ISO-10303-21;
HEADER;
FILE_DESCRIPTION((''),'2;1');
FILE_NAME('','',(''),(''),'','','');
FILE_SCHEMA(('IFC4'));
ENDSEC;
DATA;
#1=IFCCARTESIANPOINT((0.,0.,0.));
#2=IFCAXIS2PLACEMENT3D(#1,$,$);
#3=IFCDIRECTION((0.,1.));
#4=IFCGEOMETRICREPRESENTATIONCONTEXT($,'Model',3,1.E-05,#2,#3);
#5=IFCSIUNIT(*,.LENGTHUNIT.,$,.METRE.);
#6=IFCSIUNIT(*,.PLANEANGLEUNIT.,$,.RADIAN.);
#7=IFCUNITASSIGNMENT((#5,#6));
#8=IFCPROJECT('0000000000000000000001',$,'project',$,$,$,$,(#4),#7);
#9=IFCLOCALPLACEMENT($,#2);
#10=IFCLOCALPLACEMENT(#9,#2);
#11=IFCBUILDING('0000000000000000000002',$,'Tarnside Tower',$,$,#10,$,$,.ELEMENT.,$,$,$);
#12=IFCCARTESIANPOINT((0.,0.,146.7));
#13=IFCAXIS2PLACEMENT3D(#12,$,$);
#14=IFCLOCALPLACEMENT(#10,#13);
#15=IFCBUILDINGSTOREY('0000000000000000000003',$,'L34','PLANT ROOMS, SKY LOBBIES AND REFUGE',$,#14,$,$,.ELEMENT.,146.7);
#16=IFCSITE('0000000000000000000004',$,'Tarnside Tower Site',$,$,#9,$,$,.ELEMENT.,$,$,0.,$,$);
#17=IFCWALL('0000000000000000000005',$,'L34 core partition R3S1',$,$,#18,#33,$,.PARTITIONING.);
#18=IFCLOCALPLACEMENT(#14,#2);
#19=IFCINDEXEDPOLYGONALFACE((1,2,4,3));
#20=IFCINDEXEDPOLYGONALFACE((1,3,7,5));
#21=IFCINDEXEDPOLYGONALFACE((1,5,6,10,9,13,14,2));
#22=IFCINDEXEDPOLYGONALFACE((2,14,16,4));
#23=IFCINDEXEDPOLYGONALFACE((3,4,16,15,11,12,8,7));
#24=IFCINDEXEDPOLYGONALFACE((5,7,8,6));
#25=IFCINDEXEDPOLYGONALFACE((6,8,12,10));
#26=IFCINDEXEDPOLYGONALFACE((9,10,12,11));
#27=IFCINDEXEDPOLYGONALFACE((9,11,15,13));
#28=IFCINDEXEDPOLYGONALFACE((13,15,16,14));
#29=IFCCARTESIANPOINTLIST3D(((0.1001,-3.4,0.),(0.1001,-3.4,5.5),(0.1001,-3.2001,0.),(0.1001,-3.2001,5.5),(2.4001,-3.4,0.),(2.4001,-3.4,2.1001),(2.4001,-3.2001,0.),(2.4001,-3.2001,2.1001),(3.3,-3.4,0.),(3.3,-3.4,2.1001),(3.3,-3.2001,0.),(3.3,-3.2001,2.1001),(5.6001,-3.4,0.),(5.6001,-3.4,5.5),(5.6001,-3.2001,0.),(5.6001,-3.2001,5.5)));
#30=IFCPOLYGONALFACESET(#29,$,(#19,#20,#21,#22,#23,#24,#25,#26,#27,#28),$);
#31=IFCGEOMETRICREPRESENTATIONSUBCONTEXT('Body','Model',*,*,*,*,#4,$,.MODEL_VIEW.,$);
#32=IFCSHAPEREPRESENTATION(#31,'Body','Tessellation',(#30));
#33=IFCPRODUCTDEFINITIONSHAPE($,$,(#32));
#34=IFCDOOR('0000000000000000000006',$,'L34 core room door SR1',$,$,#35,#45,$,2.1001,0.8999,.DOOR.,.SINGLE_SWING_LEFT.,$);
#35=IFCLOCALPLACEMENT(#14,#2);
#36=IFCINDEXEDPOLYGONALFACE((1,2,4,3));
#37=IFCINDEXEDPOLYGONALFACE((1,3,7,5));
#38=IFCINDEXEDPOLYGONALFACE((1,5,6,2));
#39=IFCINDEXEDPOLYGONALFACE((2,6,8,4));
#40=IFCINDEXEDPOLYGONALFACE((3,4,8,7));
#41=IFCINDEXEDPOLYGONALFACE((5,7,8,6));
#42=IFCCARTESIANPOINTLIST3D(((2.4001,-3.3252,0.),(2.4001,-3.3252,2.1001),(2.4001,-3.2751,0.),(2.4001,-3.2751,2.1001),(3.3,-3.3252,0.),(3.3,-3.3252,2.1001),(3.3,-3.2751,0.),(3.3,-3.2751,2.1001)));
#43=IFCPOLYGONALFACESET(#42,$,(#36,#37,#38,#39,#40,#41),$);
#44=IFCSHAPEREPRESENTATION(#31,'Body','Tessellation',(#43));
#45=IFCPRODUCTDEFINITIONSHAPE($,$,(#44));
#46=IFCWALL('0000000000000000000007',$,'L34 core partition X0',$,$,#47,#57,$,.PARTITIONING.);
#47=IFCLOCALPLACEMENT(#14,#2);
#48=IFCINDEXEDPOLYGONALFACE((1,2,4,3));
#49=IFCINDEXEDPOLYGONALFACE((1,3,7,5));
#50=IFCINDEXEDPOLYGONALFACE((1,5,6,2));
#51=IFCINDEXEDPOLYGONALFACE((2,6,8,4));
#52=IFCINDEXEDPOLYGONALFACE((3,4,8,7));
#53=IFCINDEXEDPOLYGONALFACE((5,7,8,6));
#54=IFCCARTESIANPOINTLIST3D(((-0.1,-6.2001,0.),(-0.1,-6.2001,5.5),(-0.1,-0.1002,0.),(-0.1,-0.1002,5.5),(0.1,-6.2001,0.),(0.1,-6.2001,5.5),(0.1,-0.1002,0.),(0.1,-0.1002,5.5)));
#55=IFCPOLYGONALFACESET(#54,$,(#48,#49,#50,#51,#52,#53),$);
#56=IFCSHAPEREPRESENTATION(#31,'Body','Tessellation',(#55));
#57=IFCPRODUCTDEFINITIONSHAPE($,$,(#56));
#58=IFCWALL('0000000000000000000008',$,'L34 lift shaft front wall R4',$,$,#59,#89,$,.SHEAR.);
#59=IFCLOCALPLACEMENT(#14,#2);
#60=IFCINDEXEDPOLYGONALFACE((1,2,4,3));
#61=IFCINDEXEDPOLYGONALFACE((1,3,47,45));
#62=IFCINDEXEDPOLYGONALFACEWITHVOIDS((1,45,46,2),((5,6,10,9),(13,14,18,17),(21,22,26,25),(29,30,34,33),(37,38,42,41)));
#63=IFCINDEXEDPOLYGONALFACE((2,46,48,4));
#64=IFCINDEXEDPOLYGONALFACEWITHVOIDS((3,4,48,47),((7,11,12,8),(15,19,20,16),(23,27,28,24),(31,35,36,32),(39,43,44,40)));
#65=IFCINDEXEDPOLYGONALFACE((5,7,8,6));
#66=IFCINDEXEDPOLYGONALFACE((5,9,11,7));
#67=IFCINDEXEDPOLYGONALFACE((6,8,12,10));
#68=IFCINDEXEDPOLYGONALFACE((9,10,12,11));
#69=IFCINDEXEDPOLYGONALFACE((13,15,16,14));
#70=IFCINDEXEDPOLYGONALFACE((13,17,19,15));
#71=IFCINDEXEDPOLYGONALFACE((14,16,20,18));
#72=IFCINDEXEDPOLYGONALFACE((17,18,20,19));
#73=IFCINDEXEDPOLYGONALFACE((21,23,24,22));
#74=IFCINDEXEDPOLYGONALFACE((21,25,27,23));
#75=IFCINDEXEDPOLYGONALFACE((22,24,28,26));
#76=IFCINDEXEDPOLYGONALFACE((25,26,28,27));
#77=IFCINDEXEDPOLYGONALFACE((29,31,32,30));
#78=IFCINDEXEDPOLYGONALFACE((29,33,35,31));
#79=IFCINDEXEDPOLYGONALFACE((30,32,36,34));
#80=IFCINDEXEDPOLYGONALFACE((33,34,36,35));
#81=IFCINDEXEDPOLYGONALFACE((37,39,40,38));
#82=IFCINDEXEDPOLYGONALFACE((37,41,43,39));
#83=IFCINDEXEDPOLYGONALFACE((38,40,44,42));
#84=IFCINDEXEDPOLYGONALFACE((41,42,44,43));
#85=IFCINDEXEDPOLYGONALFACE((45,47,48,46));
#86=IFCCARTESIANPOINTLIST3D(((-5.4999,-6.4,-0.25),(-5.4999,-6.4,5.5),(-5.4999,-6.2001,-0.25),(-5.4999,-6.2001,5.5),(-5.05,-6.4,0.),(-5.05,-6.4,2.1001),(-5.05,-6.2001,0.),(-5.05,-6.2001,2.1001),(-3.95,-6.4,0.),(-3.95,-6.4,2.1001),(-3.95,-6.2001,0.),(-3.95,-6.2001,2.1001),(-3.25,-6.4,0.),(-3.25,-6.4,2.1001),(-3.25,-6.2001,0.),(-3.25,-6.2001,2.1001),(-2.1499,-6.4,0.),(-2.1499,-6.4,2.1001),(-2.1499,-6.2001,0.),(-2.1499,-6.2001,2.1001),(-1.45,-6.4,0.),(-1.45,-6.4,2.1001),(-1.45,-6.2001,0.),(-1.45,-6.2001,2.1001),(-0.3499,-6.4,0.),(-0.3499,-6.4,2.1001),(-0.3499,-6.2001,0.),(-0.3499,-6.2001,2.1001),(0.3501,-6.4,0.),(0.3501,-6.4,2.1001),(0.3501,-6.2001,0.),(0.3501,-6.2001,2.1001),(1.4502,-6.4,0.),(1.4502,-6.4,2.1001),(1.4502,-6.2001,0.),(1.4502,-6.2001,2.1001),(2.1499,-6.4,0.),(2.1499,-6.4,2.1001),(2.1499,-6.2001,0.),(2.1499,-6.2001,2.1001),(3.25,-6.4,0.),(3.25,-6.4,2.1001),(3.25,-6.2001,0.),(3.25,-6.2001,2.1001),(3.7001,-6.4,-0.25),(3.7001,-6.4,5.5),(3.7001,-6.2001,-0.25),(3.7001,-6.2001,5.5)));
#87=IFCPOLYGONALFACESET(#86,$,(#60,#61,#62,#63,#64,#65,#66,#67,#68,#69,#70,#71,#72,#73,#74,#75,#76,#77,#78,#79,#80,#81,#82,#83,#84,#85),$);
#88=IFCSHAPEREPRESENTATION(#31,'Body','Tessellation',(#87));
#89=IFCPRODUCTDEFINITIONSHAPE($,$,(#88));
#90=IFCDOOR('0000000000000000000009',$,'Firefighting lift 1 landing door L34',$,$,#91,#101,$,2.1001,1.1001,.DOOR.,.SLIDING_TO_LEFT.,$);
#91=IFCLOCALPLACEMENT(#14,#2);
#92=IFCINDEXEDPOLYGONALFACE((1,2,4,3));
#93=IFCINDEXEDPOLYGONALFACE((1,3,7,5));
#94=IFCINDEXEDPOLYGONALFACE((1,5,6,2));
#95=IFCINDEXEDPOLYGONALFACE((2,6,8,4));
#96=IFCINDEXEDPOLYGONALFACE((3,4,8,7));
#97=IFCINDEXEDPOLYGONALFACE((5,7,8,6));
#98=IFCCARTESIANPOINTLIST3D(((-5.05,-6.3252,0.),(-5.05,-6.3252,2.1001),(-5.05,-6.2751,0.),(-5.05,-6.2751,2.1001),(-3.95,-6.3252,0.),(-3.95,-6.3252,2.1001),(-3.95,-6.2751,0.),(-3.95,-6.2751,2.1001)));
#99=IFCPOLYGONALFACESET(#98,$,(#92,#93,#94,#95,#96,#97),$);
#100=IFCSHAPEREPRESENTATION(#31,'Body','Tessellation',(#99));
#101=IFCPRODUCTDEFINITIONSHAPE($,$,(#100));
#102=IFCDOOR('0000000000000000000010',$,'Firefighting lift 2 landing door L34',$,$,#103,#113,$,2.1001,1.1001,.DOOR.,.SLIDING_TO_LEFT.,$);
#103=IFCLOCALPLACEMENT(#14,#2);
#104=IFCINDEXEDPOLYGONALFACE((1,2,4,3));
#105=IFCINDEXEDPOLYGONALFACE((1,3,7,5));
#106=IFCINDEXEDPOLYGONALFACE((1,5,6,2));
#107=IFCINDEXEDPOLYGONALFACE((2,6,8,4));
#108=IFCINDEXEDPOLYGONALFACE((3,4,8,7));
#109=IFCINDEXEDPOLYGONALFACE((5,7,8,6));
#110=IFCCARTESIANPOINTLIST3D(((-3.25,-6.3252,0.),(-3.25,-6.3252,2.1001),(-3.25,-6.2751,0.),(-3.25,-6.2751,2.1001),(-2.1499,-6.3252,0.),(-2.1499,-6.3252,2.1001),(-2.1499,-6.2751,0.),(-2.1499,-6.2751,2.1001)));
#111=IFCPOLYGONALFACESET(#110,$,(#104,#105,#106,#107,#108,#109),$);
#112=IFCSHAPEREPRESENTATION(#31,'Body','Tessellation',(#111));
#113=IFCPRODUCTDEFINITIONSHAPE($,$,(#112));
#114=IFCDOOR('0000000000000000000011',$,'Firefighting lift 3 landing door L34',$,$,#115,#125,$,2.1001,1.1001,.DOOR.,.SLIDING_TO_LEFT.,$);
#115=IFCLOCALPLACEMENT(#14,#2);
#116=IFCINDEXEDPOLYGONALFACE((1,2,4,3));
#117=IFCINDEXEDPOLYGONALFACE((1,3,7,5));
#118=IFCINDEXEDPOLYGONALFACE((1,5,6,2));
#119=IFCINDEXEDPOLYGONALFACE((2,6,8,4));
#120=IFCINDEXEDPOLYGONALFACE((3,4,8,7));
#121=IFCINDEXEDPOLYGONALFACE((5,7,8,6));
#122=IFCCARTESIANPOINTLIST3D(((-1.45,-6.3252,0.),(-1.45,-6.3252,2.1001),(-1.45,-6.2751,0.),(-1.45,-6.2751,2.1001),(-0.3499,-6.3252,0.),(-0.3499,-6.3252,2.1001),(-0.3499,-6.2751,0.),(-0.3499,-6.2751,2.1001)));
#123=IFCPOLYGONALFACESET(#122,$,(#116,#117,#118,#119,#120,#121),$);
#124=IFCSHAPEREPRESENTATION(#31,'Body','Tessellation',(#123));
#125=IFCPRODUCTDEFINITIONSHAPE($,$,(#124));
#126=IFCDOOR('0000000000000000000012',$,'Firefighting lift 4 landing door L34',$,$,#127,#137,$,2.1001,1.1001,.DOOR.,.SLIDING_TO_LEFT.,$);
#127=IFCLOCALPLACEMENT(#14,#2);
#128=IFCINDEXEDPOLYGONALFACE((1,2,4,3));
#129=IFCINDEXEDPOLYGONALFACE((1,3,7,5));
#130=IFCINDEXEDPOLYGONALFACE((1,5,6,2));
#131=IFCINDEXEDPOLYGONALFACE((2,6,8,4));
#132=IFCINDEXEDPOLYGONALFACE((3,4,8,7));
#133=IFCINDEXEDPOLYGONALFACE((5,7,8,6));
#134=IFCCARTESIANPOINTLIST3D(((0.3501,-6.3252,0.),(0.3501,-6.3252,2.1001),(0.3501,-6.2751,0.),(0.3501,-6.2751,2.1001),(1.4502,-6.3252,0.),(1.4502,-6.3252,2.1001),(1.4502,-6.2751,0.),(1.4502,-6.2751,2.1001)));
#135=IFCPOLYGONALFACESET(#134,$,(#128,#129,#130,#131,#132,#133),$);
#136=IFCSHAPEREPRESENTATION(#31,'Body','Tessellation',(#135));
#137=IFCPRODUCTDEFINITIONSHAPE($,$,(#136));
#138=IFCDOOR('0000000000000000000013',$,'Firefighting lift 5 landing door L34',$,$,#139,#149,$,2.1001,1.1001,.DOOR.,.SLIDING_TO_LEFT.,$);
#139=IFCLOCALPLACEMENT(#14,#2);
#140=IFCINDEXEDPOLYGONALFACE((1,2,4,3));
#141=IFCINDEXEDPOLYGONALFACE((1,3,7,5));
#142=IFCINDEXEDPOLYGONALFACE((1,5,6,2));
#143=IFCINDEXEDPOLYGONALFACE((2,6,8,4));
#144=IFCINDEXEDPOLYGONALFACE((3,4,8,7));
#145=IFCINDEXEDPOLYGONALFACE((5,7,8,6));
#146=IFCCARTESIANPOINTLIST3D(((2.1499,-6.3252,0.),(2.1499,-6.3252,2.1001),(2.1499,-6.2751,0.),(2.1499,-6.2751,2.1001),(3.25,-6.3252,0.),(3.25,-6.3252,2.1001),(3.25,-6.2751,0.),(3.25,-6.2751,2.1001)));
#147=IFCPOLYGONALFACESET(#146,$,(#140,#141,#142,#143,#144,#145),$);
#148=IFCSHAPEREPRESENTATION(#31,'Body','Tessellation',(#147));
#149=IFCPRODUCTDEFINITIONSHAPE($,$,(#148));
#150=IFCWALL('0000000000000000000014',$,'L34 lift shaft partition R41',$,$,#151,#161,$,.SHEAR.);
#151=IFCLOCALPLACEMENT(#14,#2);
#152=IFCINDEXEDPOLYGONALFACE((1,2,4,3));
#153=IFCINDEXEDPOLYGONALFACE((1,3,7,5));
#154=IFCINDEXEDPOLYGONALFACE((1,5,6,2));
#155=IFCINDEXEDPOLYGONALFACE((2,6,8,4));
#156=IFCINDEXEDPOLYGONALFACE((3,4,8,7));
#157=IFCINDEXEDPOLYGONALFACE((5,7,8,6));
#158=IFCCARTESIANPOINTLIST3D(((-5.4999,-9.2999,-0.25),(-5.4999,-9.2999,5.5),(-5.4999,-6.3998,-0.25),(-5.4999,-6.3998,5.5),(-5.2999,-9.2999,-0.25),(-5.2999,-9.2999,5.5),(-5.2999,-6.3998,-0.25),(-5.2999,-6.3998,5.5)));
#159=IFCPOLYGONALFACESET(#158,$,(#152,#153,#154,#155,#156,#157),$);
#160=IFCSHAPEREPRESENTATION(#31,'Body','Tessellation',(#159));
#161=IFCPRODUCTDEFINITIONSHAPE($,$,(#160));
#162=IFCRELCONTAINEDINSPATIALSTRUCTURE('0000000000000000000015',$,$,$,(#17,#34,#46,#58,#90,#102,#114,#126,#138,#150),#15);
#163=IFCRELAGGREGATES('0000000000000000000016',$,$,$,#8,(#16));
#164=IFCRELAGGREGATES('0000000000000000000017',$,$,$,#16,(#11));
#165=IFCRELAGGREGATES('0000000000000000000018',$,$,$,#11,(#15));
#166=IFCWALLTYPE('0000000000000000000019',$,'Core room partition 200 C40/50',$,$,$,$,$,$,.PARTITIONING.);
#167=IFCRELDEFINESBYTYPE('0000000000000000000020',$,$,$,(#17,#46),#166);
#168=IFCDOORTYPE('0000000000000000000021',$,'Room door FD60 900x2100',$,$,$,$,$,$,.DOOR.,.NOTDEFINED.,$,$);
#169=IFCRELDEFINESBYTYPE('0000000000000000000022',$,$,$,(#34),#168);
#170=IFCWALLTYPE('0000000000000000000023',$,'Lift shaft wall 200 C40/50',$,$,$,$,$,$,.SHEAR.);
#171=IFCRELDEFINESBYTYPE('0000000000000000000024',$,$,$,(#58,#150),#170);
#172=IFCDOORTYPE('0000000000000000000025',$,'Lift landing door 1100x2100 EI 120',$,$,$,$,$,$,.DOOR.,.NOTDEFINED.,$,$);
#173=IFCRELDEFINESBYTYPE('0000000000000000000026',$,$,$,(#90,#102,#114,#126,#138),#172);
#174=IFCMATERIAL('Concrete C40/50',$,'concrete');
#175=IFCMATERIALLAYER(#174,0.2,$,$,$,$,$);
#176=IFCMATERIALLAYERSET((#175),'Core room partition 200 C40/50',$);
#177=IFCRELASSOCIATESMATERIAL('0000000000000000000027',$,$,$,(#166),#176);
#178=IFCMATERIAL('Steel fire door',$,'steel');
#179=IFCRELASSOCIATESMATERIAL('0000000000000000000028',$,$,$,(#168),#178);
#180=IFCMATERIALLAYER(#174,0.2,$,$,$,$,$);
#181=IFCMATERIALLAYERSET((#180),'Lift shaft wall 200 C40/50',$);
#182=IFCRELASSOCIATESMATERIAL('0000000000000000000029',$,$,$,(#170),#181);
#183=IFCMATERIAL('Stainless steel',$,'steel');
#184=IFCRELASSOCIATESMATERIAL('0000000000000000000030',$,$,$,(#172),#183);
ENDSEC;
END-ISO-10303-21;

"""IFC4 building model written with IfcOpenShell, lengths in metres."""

from ifc_helpers import new_model, si_unit, direction, frame, frame_2d, origin, place, context, subcontext, project, spatial, rectangle, extrude, material, layer, layer_set, type_object, element, fill, save


model = new_model("IFC4")

# Units and contexts
model_context = context("Model", 3, precision=1e-05, world=origin(), true_north=direction((0.0, 1.0)))
body_context = subcontext(model_context, "Body", "Model", "MODEL_VIEW")
ifc_project = project(units=[si_unit("LENGTHUNIT", "METRE"), si_unit("PLANEANGLEUNIT", "RADIAN")], contexts=[model_context])

# Site, building, storey
site_placement = place(None, origin())
site = spatial("IfcSite", under=ifc_project, at=site_placement, Name="Tarnside Tower Site", CompositionType="ELEMENT", RefElevation=0.0)
building_placement = place(site_placement, origin())
building = spatial("IfcBuilding", under=site, at=building_placement, Name="Tarnside Tower", CompositionType="ELEMENT")
storey_placement = place(building_placement, frame((0.0, 0.0, 146.7)))
storey = spatial("IfcBuildingStorey", under=building, at=storey_placement, Name="L34", Description="PLANT ROOMS, SKY LOBBIES AND REFUGE", CompositionType="ELEMENT", Elevation=146.7)

# Wall, opening, door
ifc_material_1 = material(Name="Concrete C40/50", Category="concrete")
ifc_layer_1 = layer(ifc_material_1, 0.2)
ifc_layer_set_1 = layer_set([ifc_layer_1], Name="Core room partition 200 C40/50")
wall_type_1 = type_object("IfcWallType", Name="Core room partition 200 C40/50", PredefinedType="PARTITIONING", material=ifc_layer_set_1)
wall_1_placement = place(storey_placement, frame((0.1001, -3.3, 0.0), z_axis=(0.0, 0.0, 1.0), x_axis=(1.0, 0.0, 0.0)))
wall_1 = element("IfcWall", 1, at=wall_1_placement, inside=storey, type_object=wall_type_1, Name="L34 core partition R3S1", PredefinedType="PARTITIONING", context=body_context, shape_type="SweptSolid", body=[
    extrude(rectangle(XDim=5.5, YDim=0.2, at=frame_2d((2.75, 0.0))), origin(), (0.0, 0.0, 1.0), 5.5),
])
opening_1_placement = place(wall_1_placement, frame((2.3, 0.0, 0.0)))
opening_1 = element("IfcOpeningElement", 2, at=opening_1_placement, cuts=wall_1, PredefinedType="OPENING", context=body_context, shape_type="SweptSolid", body=[
    extrude(rectangle(XDim=0.8999, YDim=2.1001, at=frame_2d((0.45, 1.05))), frame((0.0, 0.1099, 0.0), z_axis=(0.0, -1.0, 0.0), x_axis=(1.0, 0.0, 0.0)), (0.0, 0.0, 1.0), 0.22),
])
ifc_material_2 = material(Name="Steel fire door", Category="steel")
door_type_1 = type_object("IfcDoorType", Name="Room door FD60 900x2100", OperationType="NOTDEFINED", PredefinedType="DOOR", material=ifc_material_2)
door_1_placement = place(opening_1_placement, origin())
door_1 = element("IfcDoor", 3, at=door_1_placement, inside=storey, type_object=door_type_1, Name="L34 core room door SR1", OperationType="SINGLE_SWING_LEFT", OverallHeight=2.1001, OverallWidth=0.8999, PredefinedType="DOOR", context=body_context, shape_type="SweptSolid", body=[
    extrude(rectangle(XDim=0.8999, YDim=2.1001, at=frame_2d((0.45, 1.05))), frame((0.0, 0.0249, 0.0), z_axis=(0.0, -1.0, 0.0), x_axis=(1.0, 0.0, 0.0)), (0.0, 0.0, 1.0), 0.05),
])
fill(opening_1, door_1)

# Wall
wall_2_placement = place(storey_placement, frame((0.0, -6.2, 0.0), z_axis=(0.0, 0.0, 1.0), x_axis=(0.0, 1.0, 0.0)))
element("IfcWall", 4, at=wall_2_placement, inside=storey, type_object=wall_type_1, Name="L34 core partition X0", PredefinedType="PARTITIONING", context=body_context, shape_type="SweptSolid", body=[
    extrude(rectangle(XDim=6.0999, YDim=0.2, at=frame_2d((3.0498, 0.0))), origin(), (0.0, 0.0, 1.0), 5.5),
])

# Wall, openings, doors
ifc_layer_2 = layer(ifc_material_1, 0.2)
ifc_layer_set_2 = layer_set([ifc_layer_2], Name="Lift shaft wall 200 C40/50")
wall_type_2 = type_object("IfcWallType", Name="Lift shaft wall 200 C40/50", PredefinedType="SHEAR", material=ifc_layer_set_2)
wall_3_placement = place(storey_placement, frame((-5.5, -6.3, -0.25), z_axis=(0.0, 0.0, 1.0), x_axis=(1.0, 0.0, 0.0)))
wall_3 = element("IfcWall", 5, at=wall_3_placement, inside=storey, type_object=wall_type_2, Name="L34 lift shaft front wall R4", PredefinedType="SHEAR", context=body_context, shape_type="SweptSolid", body=[
    extrude(rectangle(XDim=9.2, YDim=0.2, at=frame_2d((4.6001, 0.0))), origin(), (0.0, 0.0, 1.0), 5.75),
])
opening_2_placement = place(wall_3_placement, frame((0.45, 0.0, 0.25)))
opening_2 = element("IfcOpeningElement", 6, at=opening_2_placement, cuts=wall_3, PredefinedType="OPENING", context=body_context, shape_type="SweptSolid", body=[
    extrude(rectangle(XDim=1.1001, YDim=2.1001, at=frame_2d((0.55, 1.05))), frame((0.0, 0.1099, 0.0), z_axis=(0.0, -1.0, 0.0), x_axis=(1.0, 0.0, 0.0)), (0.0, 0.0, 1.0), 0.22),
])
opening_3_placement = place(wall_3_placement, frame((2.25, 0.0, 0.25)))
opening_3 = element("IfcOpeningElement", 7, at=opening_3_placement, cuts=wall_3, PredefinedType="OPENING", context=body_context, shape_type="SweptSolid", body=[
    extrude(rectangle(XDim=1.1001, YDim=2.1001, at=frame_2d((0.55, 1.05))), frame((0.0, 0.1099, 0.0), z_axis=(0.0, -1.0, 0.0), x_axis=(1.0, 0.0, 0.0)), (0.0, 0.0, 1.0), 0.22),
])
opening_4_placement = place(wall_3_placement, frame((4.05, 0.0, 0.25)))
opening_4 = element("IfcOpeningElement", 8, at=opening_4_placement, cuts=wall_3, PredefinedType="OPENING", context=body_context, shape_type="SweptSolid", body=[
    extrude(rectangle(XDim=1.1001, YDim=2.1001, at=frame_2d((0.55, 1.05))), frame((0.0, 0.1099, 0.0), z_axis=(0.0, -1.0, 0.0), x_axis=(1.0, 0.0, 0.0)), (0.0, 0.0, 1.0), 0.22),
])
opening_5_placement = place(wall_3_placement, frame((5.8501, 0.0, 0.25)))
opening_5 = element("IfcOpeningElement", 9, at=opening_5_placement, cuts=wall_3, PredefinedType="OPENING", context=body_context, shape_type="SweptSolid", body=[
    extrude(rectangle(XDim=1.1001, YDim=2.1001, at=frame_2d((0.55, 1.05))), frame((0.0, 0.1099, 0.0), z_axis=(0.0, -1.0, 0.0), x_axis=(1.0, 0.0, 0.0)), (0.0, 0.0, 1.0), 0.22),
])
opening_6_placement = place(wall_3_placement, frame((7.6499, 0.0, 0.25)))
opening_6 = element("IfcOpeningElement", 10, at=opening_6_placement, cuts=wall_3, PredefinedType="OPENING", context=body_context, shape_type="SweptSolid", body=[
    extrude(rectangle(XDim=1.1001, YDim=2.1001, at=frame_2d((0.55, 1.05))), frame((0.0, 0.1099, 0.0), z_axis=(0.0, -1.0, 0.0), x_axis=(1.0, 0.0, 0.0)), (0.0, 0.0, 1.0), 0.22),
])
ifc_material_3 = material(Name="Stainless steel", Category="steel")
door_type_2 = type_object("IfcDoorType", Name="Lift landing door 1100x2100 EI 120", OperationType="NOTDEFINED", PredefinedType="DOOR", material=ifc_material_3)
door_2_placement = place(opening_2_placement, origin())
door_2 = element("IfcDoor", 11, at=door_2_placement, inside=storey, type_object=door_type_2, Name="Firefighting lift 1 landing door L34", OperationType="SLIDING_TO_LEFT", OverallHeight=2.1001, OverallWidth=1.1001, PredefinedType="DOOR", context=body_context, shape_type="SweptSolid", body=[
    extrude(rectangle(XDim=1.1001, YDim=2.1001, at=frame_2d((0.55, 1.05))), frame((0.0, 0.0249, 0.0), z_axis=(0.0, -1.0, 0.0), x_axis=(1.0, 0.0, 0.0)), (0.0, 0.0, 1.0), 0.05),
])
fill(opening_2, door_2)
door_3_placement = place(opening_3_placement, origin())
door_3 = element("IfcDoor", 12, at=door_3_placement, inside=storey, type_object=door_type_2, Name="Firefighting lift 2 landing door L34", OperationType="SLIDING_TO_LEFT", OverallHeight=2.1001, OverallWidth=1.1001, PredefinedType="DOOR", context=body_context, shape_type="SweptSolid", body=[
    extrude(rectangle(XDim=1.1001, YDim=2.1001, at=frame_2d((0.55, 1.05))), frame((0.0, 0.0249, 0.0), z_axis=(0.0, -1.0, 0.0), x_axis=(1.0, 0.0, 0.0)), (0.0, 0.0, 1.0), 0.05),
])
fill(opening_3, door_3)
door_4_placement = place(opening_4_placement, origin())
door_4 = element("IfcDoor", 13, at=door_4_placement, inside=storey, type_object=door_type_2, Name="Firefighting lift 3 landing door L34", OperationType="SLIDING_TO_LEFT", OverallHeight=2.1001, OverallWidth=1.1001, PredefinedType="DOOR", context=body_context, shape_type="SweptSolid", body=[
    extrude(rectangle(XDim=1.1001, YDim=2.1001, at=frame_2d((0.55, 1.05))), frame((0.0, 0.0249, 0.0), z_axis=(0.0, -1.0, 0.0), x_axis=(1.0, 0.0, 0.0)), (0.0, 0.0, 1.0), 0.05),
])
fill(opening_4, door_4)
door_5_placement = place(opening_5_placement, origin())
door_5 = element("IfcDoor", 14, at=door_5_placement, inside=storey, type_object=door_type_2, Name="Firefighting lift 4 landing door L34", OperationType="SLIDING_TO_LEFT", OverallHeight=2.1001, OverallWidth=1.1001, PredefinedType="DOOR", context=body_context, shape_type="SweptSolid", body=[
    extrude(rectangle(XDim=1.1001, YDim=2.1001, at=frame_2d((0.55, 1.05))), frame((0.0, 0.0249, 0.0), z_axis=(0.0, -1.0, 0.0), x_axis=(1.0, 0.0, 0.0)), (0.0, 0.0, 1.0), 0.05),
])
fill(opening_5, door_5)
door_6_placement = place(opening_6_placement, origin())
door_6 = element("IfcDoor", 15, at=door_6_placement, inside=storey, type_object=door_type_2, Name="Firefighting lift 5 landing door L34", OperationType="SLIDING_TO_LEFT", OverallHeight=2.1001, OverallWidth=1.1001, PredefinedType="DOOR", context=body_context, shape_type="SweptSolid", body=[
    extrude(rectangle(XDim=1.1001, YDim=2.1001, at=frame_2d((0.55, 1.05))), frame((0.0, 0.0249, 0.0), z_axis=(0.0, -1.0, 0.0), x_axis=(1.0, 0.0, 0.0)), (0.0, 0.0, 1.0), 0.05),
])
fill(opening_6, door_6)

# Wall
for number, where, z_axis, x_axis, name in (
    (16, (-5.3999, -9.3, -0.25), (0.0, 0.0, 1.0), (0.0, 1.0, 0.0), "L34 lift shaft partition R41"),
):
    element("IfcWall", number, at=place(storey_placement, frame(where, z_axis=z_axis, x_axis=x_axis)), inside=storey, type_object=wall_type_2, Name=name, PredefinedType="SHEAR", context=body_context, shape_type="SweptSolid", body=[
        extrude(rectangle(XDim=2.9001, YDim=0.2, at=frame_2d((1.4502, 0.0))), origin(), (0.0, 0.0, 1.0), 5.75),
    ])

save(model, "model.ifc")
